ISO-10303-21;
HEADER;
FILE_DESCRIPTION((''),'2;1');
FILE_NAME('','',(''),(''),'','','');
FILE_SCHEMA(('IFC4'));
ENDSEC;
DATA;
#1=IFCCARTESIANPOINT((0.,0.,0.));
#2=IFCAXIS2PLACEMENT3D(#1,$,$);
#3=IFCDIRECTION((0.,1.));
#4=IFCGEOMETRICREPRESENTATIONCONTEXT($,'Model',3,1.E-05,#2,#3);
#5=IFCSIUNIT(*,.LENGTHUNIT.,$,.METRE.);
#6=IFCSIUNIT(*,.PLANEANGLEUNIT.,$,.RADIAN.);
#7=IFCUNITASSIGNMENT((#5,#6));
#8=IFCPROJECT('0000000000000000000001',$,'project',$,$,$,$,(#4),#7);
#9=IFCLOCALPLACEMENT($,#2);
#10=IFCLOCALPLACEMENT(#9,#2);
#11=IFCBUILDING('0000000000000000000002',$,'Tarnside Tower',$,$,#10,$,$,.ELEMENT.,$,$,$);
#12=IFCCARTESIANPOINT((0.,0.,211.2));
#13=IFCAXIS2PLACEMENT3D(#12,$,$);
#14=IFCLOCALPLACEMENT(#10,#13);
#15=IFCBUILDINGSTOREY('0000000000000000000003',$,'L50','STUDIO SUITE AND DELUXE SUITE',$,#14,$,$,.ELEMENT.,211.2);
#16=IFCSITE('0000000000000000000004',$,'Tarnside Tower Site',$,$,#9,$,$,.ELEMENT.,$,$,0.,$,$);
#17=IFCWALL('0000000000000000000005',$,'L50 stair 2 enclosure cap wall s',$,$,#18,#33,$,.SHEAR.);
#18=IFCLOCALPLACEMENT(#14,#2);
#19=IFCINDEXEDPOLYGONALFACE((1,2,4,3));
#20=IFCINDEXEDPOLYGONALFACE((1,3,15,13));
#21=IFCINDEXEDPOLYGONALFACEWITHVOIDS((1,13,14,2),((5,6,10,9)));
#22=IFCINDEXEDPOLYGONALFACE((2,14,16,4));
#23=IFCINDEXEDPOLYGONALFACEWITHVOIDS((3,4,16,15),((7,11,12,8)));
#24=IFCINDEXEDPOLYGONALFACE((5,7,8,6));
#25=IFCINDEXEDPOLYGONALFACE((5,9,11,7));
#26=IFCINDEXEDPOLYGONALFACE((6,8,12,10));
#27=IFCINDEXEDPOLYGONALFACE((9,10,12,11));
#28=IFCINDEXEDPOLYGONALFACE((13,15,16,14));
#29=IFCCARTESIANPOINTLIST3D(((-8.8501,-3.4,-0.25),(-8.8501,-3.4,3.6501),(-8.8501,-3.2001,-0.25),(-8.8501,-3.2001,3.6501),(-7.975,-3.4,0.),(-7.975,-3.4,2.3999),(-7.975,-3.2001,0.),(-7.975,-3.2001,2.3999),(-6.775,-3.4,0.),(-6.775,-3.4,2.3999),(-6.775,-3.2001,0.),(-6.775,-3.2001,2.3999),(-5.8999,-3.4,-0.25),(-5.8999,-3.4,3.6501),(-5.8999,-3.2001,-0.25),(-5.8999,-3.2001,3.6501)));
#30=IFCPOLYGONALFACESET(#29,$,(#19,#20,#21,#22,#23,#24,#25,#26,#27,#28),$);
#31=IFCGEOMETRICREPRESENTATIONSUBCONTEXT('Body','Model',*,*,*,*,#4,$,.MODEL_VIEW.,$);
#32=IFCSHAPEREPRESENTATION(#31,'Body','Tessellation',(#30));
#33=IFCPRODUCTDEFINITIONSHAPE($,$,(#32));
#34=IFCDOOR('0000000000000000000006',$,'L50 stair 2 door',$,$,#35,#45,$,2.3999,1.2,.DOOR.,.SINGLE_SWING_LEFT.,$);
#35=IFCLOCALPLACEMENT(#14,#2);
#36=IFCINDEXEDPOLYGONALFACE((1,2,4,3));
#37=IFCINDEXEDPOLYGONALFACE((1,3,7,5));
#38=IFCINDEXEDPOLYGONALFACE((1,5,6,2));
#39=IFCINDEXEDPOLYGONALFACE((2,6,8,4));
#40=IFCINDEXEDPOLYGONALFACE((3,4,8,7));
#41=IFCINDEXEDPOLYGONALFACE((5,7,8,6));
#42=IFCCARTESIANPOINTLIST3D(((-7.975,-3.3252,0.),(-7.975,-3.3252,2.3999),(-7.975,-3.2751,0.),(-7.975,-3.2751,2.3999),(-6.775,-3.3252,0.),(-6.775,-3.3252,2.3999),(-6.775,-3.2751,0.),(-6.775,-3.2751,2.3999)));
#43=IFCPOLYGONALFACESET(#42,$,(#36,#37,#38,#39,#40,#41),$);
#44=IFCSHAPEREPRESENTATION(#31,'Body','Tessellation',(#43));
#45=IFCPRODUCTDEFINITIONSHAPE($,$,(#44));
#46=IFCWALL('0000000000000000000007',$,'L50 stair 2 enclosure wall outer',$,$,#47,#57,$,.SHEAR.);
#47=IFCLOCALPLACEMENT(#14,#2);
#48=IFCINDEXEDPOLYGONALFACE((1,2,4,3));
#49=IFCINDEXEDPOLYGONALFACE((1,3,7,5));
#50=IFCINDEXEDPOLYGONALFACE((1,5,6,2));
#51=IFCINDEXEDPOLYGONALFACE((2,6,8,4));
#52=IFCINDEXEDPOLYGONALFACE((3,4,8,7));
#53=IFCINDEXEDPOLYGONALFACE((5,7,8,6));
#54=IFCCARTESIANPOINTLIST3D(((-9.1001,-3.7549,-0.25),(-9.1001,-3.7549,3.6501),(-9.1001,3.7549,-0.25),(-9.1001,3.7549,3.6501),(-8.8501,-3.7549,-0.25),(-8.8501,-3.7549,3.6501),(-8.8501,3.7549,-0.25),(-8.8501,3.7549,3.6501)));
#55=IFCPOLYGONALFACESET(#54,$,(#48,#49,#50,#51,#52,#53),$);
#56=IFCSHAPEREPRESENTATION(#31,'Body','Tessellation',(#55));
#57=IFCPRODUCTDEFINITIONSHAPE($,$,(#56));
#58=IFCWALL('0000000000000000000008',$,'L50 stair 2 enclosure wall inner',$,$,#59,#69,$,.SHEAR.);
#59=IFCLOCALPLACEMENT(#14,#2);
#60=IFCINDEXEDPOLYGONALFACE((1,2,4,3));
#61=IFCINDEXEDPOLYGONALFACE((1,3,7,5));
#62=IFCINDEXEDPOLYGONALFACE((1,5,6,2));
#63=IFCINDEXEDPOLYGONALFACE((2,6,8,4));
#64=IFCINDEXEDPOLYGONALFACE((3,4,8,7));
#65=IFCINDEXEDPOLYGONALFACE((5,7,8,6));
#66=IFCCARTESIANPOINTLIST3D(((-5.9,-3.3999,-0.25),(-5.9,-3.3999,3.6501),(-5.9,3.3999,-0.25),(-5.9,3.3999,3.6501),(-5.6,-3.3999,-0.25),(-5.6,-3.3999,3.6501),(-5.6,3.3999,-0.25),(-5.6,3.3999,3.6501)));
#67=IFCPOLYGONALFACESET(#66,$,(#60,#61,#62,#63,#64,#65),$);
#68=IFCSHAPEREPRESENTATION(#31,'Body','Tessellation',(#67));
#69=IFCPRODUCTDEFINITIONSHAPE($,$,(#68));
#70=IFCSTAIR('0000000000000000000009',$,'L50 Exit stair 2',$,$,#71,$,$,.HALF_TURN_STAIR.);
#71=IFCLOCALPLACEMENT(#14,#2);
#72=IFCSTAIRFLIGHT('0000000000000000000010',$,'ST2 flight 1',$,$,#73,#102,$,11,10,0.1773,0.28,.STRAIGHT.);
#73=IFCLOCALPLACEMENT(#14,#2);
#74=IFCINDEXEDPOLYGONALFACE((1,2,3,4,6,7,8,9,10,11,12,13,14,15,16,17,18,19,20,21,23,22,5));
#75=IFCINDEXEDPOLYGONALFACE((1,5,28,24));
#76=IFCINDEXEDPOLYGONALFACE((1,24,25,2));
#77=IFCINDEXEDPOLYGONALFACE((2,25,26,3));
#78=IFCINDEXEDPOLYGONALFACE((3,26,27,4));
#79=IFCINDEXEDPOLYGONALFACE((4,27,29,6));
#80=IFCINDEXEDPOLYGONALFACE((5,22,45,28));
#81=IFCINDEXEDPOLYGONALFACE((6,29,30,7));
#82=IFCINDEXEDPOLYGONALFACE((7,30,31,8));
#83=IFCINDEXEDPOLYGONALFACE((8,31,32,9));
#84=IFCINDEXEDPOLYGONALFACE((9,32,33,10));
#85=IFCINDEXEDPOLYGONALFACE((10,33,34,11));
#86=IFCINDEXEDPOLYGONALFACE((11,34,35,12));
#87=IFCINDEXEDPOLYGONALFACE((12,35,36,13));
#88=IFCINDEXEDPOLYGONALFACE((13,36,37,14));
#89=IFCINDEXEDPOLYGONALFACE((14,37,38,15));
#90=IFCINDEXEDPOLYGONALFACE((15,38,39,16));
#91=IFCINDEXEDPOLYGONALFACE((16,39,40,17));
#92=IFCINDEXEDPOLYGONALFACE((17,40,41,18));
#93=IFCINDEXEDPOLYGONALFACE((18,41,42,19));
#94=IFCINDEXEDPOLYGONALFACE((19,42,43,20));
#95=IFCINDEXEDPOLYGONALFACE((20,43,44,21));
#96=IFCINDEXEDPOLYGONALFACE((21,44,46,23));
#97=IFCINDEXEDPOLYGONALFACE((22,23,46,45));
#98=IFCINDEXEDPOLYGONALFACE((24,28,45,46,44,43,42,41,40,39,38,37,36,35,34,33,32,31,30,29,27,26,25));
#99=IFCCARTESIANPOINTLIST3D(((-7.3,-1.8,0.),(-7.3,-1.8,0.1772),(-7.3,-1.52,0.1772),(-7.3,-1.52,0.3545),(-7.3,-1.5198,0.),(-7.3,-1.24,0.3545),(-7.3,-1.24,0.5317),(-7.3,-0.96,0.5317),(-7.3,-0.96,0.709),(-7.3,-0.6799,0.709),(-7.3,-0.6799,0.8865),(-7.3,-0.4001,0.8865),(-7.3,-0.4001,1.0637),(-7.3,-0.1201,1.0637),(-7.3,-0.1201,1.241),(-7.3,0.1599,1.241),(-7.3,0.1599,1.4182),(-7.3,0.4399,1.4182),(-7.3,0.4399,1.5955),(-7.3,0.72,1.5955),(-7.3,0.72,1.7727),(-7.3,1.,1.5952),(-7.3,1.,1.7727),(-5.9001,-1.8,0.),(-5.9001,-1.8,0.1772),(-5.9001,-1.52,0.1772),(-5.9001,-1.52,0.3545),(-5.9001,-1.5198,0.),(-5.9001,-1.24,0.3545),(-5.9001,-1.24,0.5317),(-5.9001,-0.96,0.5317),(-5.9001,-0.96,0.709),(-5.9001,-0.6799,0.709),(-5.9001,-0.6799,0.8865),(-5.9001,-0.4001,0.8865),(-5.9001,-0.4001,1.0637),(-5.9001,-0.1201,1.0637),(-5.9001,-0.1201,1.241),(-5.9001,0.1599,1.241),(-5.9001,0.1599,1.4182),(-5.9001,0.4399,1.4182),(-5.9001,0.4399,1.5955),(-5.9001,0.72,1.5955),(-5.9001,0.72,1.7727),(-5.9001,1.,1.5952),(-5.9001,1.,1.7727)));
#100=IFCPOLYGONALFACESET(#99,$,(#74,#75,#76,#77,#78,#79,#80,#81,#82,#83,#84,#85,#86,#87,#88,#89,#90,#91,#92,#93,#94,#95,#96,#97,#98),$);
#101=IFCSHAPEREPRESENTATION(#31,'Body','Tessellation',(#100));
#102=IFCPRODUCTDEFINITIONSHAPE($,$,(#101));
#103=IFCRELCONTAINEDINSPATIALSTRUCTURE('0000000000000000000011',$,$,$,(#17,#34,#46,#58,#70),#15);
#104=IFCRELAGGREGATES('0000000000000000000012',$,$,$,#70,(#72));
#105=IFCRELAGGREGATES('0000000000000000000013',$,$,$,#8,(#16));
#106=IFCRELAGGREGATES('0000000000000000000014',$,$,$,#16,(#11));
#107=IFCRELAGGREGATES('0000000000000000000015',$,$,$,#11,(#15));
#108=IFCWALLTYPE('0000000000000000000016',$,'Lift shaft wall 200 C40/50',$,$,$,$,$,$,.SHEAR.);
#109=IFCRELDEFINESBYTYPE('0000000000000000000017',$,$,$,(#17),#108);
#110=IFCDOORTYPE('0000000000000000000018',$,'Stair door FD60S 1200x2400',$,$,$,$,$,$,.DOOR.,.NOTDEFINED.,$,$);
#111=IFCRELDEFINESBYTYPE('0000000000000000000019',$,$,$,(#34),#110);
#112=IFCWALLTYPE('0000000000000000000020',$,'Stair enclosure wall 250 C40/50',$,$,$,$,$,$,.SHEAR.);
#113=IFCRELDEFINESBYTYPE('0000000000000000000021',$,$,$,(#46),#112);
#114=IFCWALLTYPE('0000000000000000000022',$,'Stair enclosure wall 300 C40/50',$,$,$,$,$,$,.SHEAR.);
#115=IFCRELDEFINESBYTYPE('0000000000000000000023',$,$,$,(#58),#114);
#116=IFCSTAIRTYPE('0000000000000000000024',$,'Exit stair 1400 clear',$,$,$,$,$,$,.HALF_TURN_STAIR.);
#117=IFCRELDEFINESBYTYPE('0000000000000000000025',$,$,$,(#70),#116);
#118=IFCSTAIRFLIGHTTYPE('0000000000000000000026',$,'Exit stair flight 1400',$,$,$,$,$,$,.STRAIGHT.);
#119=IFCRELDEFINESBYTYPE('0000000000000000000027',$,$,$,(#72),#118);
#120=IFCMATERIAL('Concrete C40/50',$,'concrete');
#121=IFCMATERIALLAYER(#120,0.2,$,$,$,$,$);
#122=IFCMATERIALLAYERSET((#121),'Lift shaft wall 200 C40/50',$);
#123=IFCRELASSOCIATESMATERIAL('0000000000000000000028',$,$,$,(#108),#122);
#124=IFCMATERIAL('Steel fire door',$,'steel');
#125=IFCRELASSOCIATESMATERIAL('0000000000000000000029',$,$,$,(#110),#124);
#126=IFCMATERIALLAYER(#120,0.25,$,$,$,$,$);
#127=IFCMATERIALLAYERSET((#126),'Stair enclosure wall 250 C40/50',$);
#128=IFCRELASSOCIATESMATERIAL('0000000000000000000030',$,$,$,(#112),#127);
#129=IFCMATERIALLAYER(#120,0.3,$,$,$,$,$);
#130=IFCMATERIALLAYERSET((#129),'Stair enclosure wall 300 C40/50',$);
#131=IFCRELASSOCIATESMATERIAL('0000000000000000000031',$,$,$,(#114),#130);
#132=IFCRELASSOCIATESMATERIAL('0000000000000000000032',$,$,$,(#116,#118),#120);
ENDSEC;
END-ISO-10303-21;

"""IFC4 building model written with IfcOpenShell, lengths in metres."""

from ifc_helpers import new_model, si_unit, direction, frame, frame_2d, origin, place, context, subcontext, project, spatial, polyline, rectangle, outline, extrude, material, layer, layer_set, type_object, element, fill, aggregate, save


model = new_model("IFC4")

# Units and contexts
model_context = context("Model", 3, precision=1e-05, world=origin(), true_north=direction((0.0, 1.0)))
body_context = subcontext(model_context, "Body", "Model", "MODEL_VIEW")
ifc_project = project(units=[si_unit("LENGTHUNIT", "METRE"), si_unit("PLANEANGLEUNIT", "RADIAN")], contexts=[model_context])

# Site, building, storey
site_placement = place(None, origin())
site = spatial("IfcSite", under=ifc_project, at=site_placement, Name="Tarnside Tower Site", CompositionType="ELEMENT", RefElevation=0.0)
building_placement = place(site_placement, origin())
building = spatial("IfcBuilding", under=site, at=building_placement, Name="Tarnside Tower", CompositionType="ELEMENT")
storey_placement = place(building_placement, frame((0.0, 0.0, 211.2)))
storey = spatial("IfcBuildingStorey", under=building, at=storey_placement, Name="L50", Description="STUDIO SUITE AND DELUXE SUITE", CompositionType="ELEMENT", Elevation=211.2)

# Shared definitions
ifc_material_1 = material(Name="Concrete C40/50", Category="concrete")
ifc_material_2 = material(Name="Steel fire door", Category="steel")

# Shared definitions
ifc_layer_1 = layer(ifc_material_1, 0.2)
ifc_layer_set_1 = layer_set([ifc_layer_1], Name="Lift shaft wall 200 C40/50")
wall_type_1 = type_object("IfcWallType", Name="Lift shaft wall 200 C40/50", PredefinedType="SHEAR", material=ifc_layer_set_1)

# Wall, opening, door
wall_1_placement = place(storey_placement, frame((-8.8501, -3.3, -0.25), z_axis=(0.0, 0.0, 1.0), x_axis=(1.0, 0.0, 0.0)))
wall_1 = element("IfcWall", 1, at=wall_1_placement, inside=storey, type_object=wall_type_1, Name="L50 stair 2 enclosure cap wall s", PredefinedType="SHEAR", context=body_context, shape_type="SweptSolid", body=[
    extrude(rectangle(XDim=2.9502, YDim=0.2, at=frame_2d((1.4751, 0.0))), origin(), (0.0, 0.0, 1.0), 3.9001),
])
opening_1_placement = place(wall_1_placement, frame((0.875, 0.0, 0.25)))
opening_1 = element("IfcOpeningElement", 2, at=opening_1_placement, cuts=wall_1, PredefinedType="OPENING", context=body_context, shape_type="SweptSolid", body=[
    extrude(rectangle(XDim=1.2, YDim=2.3999, at=frame_2d((0.6001, 1.2))), frame((0.0, 0.1099, 0.0), z_axis=(0.0, -1.0, 0.0), x_axis=(1.0, 0.0, 0.0)), (0.0, 0.0, 1.0), 0.22),
])
door_type_1 = type_object("IfcDoorType", Name="Stair door FD60S 1200x2400", OperationType="NOTDEFINED", PredefinedType="DOOR", material=ifc_material_2)
door_1_placement = place(opening_1_placement, origin())
door_1 = element("IfcDoor", 3, at=door_1_placement, inside=storey, type_object=door_type_1, Name="L50 stair 2 door", OperationType="SINGLE_SWING_LEFT", OverallHeight=2.3999, OverallWidth=1.2, PredefinedType="DOOR", context=body_context, shape_type="SweptSolid", body=[
    extrude(rectangle(XDim=1.2, YDim=2.3999, at=frame_2d((0.6001, 1.2))), frame((0.0, 0.0249, 0.0), z_axis=(0.0, -1.0, 0.0), x_axis=(1.0, 0.0, 0.0)), (0.0, 0.0, 1.0), 0.05),
])
fill(opening_1, door_1)

# Walls
ifc_layer_2 = layer(ifc_material_1, 0.25)
ifc_layer_set_2 = layer_set([ifc_layer_2], Name="Stair enclosure wall 250 C40/50")
wall_type_2 = type_object("IfcWallType", Name="Stair enclosure wall 250 C40/50", PredefinedType="SHEAR", material=ifc_layer_set_2)
wall_2_placement = place(storey_placement, frame((-8.9751, -3.7549, -0.25), z_axis=(0.0, 0.0, 1.0), x_axis=(0.0, 1.0, 0.0)))
element("IfcWall", 4, at=wall_2_placement, inside=storey, type_object=wall_type_2, Name="L50 stair 2 enclosure wall outer", PredefinedType="SHEAR", context=body_context, shape_type="SweptSolid", body=[
    extrude(rectangle(XDim=7.5098, YDim=0.25, at=frame_2d((3.7549, 0.0))), origin(), (0.0, 0.0, 1.0), 3.9001),
])
ifc_layer_3 = layer(ifc_material_1, 0.3)
ifc_layer_set_3 = layer_set([ifc_layer_3], Name="Stair enclosure wall 300 C40/50")
wall_type_3 = type_object("IfcWallType", Name="Stair enclosure wall 300 C40/50", PredefinedType="SHEAR", material=ifc_layer_set_3)
wall_3_placement = place(storey_placement, frame((-5.75, -3.3999, -0.25), z_axis=(0.0, 0.0, 1.0), x_axis=(0.0, 1.0, 0.0)))
element("IfcWall", 5, at=wall_3_placement, inside=storey, type_object=wall_type_3, Name="L50 stair 2 enclosure wall inner", PredefinedType="SHEAR", context=body_context, shape_type="SweptSolid", body=[
    extrude(rectangle(XDim=6.7998, YDim=0.3, at=frame_2d((3.3999, 0.0))), origin(), (0.0, 0.0, 1.0), 3.9001),
])

# Stair, stair flight
stair_type = type_object("IfcStairType", Name="Exit stair 1400 clear", PredefinedType="HALF_TURN_STAIR", material=ifc_material_1)
stair_placement = place(storey_placement, origin())
stair = element("IfcStair", 6, at=stair_placement, inside=storey, type_object=stair_type, Name="L50 Exit stair 2", PredefinedType="HALF_TURN_STAIR")
stair_flight_type = type_object("IfcStairFlightType", Name="Exit stair flight 1400", PredefinedType="STRAIGHT", material=ifc_material_1)
stair_flight_placement = place(storey_placement, frame((-6.6001, -1.8, 0.0), z_axis=(0.0, 0.0, 1.0), x_axis=(0.0, 1.0, 0.0)))
stair_flight = element("IfcStairFlight", 7, at=stair_flight_placement, type_object=stair_flight_type, Name="ST2 flight 1", NumberOfRisers=11, NumberOfTreads=10, PredefinedType="STRAIGHT", RiserHeight=0.1773, TreadLength=0.28, context=body_context, shape_type="SweptSolid", body=[
    extrude(outline(polyline([(0.0, 0.0), (0.0, 0.1772), (0.28, 0.1772), (0.28, 0.3545), (0.5601, 0.3545), (0.5601, 0.5317), (0.8401, 0.5317), (0.8401, 0.709), (1.1201, 0.709), (1.1201, 0.8865), (1.3999, 0.8865), (1.3999, 1.0637), (1.6799, 1.0637), (1.6799, 1.241), (1.96, 1.241), (1.96, 1.4182), (2.24, 1.4182), (2.24, 1.5955), (2.52, 1.5955), (2.52, 1.7727), (2.8, 1.7727), (2.8, 1.95), (2.8, 1.5952), (0.2803, 0.0), (0.0, 0.0)])), frame((0.0, 0.7, 0.0), z_axis=(0.0, -1.0, 0.0), x_axis=(1.0, 0.0, 0.0)), (0.0, 0.0, 1.0), 1.3999),
])
aggregate(stair, [stair_flight])

save(model, "model.ifc")
